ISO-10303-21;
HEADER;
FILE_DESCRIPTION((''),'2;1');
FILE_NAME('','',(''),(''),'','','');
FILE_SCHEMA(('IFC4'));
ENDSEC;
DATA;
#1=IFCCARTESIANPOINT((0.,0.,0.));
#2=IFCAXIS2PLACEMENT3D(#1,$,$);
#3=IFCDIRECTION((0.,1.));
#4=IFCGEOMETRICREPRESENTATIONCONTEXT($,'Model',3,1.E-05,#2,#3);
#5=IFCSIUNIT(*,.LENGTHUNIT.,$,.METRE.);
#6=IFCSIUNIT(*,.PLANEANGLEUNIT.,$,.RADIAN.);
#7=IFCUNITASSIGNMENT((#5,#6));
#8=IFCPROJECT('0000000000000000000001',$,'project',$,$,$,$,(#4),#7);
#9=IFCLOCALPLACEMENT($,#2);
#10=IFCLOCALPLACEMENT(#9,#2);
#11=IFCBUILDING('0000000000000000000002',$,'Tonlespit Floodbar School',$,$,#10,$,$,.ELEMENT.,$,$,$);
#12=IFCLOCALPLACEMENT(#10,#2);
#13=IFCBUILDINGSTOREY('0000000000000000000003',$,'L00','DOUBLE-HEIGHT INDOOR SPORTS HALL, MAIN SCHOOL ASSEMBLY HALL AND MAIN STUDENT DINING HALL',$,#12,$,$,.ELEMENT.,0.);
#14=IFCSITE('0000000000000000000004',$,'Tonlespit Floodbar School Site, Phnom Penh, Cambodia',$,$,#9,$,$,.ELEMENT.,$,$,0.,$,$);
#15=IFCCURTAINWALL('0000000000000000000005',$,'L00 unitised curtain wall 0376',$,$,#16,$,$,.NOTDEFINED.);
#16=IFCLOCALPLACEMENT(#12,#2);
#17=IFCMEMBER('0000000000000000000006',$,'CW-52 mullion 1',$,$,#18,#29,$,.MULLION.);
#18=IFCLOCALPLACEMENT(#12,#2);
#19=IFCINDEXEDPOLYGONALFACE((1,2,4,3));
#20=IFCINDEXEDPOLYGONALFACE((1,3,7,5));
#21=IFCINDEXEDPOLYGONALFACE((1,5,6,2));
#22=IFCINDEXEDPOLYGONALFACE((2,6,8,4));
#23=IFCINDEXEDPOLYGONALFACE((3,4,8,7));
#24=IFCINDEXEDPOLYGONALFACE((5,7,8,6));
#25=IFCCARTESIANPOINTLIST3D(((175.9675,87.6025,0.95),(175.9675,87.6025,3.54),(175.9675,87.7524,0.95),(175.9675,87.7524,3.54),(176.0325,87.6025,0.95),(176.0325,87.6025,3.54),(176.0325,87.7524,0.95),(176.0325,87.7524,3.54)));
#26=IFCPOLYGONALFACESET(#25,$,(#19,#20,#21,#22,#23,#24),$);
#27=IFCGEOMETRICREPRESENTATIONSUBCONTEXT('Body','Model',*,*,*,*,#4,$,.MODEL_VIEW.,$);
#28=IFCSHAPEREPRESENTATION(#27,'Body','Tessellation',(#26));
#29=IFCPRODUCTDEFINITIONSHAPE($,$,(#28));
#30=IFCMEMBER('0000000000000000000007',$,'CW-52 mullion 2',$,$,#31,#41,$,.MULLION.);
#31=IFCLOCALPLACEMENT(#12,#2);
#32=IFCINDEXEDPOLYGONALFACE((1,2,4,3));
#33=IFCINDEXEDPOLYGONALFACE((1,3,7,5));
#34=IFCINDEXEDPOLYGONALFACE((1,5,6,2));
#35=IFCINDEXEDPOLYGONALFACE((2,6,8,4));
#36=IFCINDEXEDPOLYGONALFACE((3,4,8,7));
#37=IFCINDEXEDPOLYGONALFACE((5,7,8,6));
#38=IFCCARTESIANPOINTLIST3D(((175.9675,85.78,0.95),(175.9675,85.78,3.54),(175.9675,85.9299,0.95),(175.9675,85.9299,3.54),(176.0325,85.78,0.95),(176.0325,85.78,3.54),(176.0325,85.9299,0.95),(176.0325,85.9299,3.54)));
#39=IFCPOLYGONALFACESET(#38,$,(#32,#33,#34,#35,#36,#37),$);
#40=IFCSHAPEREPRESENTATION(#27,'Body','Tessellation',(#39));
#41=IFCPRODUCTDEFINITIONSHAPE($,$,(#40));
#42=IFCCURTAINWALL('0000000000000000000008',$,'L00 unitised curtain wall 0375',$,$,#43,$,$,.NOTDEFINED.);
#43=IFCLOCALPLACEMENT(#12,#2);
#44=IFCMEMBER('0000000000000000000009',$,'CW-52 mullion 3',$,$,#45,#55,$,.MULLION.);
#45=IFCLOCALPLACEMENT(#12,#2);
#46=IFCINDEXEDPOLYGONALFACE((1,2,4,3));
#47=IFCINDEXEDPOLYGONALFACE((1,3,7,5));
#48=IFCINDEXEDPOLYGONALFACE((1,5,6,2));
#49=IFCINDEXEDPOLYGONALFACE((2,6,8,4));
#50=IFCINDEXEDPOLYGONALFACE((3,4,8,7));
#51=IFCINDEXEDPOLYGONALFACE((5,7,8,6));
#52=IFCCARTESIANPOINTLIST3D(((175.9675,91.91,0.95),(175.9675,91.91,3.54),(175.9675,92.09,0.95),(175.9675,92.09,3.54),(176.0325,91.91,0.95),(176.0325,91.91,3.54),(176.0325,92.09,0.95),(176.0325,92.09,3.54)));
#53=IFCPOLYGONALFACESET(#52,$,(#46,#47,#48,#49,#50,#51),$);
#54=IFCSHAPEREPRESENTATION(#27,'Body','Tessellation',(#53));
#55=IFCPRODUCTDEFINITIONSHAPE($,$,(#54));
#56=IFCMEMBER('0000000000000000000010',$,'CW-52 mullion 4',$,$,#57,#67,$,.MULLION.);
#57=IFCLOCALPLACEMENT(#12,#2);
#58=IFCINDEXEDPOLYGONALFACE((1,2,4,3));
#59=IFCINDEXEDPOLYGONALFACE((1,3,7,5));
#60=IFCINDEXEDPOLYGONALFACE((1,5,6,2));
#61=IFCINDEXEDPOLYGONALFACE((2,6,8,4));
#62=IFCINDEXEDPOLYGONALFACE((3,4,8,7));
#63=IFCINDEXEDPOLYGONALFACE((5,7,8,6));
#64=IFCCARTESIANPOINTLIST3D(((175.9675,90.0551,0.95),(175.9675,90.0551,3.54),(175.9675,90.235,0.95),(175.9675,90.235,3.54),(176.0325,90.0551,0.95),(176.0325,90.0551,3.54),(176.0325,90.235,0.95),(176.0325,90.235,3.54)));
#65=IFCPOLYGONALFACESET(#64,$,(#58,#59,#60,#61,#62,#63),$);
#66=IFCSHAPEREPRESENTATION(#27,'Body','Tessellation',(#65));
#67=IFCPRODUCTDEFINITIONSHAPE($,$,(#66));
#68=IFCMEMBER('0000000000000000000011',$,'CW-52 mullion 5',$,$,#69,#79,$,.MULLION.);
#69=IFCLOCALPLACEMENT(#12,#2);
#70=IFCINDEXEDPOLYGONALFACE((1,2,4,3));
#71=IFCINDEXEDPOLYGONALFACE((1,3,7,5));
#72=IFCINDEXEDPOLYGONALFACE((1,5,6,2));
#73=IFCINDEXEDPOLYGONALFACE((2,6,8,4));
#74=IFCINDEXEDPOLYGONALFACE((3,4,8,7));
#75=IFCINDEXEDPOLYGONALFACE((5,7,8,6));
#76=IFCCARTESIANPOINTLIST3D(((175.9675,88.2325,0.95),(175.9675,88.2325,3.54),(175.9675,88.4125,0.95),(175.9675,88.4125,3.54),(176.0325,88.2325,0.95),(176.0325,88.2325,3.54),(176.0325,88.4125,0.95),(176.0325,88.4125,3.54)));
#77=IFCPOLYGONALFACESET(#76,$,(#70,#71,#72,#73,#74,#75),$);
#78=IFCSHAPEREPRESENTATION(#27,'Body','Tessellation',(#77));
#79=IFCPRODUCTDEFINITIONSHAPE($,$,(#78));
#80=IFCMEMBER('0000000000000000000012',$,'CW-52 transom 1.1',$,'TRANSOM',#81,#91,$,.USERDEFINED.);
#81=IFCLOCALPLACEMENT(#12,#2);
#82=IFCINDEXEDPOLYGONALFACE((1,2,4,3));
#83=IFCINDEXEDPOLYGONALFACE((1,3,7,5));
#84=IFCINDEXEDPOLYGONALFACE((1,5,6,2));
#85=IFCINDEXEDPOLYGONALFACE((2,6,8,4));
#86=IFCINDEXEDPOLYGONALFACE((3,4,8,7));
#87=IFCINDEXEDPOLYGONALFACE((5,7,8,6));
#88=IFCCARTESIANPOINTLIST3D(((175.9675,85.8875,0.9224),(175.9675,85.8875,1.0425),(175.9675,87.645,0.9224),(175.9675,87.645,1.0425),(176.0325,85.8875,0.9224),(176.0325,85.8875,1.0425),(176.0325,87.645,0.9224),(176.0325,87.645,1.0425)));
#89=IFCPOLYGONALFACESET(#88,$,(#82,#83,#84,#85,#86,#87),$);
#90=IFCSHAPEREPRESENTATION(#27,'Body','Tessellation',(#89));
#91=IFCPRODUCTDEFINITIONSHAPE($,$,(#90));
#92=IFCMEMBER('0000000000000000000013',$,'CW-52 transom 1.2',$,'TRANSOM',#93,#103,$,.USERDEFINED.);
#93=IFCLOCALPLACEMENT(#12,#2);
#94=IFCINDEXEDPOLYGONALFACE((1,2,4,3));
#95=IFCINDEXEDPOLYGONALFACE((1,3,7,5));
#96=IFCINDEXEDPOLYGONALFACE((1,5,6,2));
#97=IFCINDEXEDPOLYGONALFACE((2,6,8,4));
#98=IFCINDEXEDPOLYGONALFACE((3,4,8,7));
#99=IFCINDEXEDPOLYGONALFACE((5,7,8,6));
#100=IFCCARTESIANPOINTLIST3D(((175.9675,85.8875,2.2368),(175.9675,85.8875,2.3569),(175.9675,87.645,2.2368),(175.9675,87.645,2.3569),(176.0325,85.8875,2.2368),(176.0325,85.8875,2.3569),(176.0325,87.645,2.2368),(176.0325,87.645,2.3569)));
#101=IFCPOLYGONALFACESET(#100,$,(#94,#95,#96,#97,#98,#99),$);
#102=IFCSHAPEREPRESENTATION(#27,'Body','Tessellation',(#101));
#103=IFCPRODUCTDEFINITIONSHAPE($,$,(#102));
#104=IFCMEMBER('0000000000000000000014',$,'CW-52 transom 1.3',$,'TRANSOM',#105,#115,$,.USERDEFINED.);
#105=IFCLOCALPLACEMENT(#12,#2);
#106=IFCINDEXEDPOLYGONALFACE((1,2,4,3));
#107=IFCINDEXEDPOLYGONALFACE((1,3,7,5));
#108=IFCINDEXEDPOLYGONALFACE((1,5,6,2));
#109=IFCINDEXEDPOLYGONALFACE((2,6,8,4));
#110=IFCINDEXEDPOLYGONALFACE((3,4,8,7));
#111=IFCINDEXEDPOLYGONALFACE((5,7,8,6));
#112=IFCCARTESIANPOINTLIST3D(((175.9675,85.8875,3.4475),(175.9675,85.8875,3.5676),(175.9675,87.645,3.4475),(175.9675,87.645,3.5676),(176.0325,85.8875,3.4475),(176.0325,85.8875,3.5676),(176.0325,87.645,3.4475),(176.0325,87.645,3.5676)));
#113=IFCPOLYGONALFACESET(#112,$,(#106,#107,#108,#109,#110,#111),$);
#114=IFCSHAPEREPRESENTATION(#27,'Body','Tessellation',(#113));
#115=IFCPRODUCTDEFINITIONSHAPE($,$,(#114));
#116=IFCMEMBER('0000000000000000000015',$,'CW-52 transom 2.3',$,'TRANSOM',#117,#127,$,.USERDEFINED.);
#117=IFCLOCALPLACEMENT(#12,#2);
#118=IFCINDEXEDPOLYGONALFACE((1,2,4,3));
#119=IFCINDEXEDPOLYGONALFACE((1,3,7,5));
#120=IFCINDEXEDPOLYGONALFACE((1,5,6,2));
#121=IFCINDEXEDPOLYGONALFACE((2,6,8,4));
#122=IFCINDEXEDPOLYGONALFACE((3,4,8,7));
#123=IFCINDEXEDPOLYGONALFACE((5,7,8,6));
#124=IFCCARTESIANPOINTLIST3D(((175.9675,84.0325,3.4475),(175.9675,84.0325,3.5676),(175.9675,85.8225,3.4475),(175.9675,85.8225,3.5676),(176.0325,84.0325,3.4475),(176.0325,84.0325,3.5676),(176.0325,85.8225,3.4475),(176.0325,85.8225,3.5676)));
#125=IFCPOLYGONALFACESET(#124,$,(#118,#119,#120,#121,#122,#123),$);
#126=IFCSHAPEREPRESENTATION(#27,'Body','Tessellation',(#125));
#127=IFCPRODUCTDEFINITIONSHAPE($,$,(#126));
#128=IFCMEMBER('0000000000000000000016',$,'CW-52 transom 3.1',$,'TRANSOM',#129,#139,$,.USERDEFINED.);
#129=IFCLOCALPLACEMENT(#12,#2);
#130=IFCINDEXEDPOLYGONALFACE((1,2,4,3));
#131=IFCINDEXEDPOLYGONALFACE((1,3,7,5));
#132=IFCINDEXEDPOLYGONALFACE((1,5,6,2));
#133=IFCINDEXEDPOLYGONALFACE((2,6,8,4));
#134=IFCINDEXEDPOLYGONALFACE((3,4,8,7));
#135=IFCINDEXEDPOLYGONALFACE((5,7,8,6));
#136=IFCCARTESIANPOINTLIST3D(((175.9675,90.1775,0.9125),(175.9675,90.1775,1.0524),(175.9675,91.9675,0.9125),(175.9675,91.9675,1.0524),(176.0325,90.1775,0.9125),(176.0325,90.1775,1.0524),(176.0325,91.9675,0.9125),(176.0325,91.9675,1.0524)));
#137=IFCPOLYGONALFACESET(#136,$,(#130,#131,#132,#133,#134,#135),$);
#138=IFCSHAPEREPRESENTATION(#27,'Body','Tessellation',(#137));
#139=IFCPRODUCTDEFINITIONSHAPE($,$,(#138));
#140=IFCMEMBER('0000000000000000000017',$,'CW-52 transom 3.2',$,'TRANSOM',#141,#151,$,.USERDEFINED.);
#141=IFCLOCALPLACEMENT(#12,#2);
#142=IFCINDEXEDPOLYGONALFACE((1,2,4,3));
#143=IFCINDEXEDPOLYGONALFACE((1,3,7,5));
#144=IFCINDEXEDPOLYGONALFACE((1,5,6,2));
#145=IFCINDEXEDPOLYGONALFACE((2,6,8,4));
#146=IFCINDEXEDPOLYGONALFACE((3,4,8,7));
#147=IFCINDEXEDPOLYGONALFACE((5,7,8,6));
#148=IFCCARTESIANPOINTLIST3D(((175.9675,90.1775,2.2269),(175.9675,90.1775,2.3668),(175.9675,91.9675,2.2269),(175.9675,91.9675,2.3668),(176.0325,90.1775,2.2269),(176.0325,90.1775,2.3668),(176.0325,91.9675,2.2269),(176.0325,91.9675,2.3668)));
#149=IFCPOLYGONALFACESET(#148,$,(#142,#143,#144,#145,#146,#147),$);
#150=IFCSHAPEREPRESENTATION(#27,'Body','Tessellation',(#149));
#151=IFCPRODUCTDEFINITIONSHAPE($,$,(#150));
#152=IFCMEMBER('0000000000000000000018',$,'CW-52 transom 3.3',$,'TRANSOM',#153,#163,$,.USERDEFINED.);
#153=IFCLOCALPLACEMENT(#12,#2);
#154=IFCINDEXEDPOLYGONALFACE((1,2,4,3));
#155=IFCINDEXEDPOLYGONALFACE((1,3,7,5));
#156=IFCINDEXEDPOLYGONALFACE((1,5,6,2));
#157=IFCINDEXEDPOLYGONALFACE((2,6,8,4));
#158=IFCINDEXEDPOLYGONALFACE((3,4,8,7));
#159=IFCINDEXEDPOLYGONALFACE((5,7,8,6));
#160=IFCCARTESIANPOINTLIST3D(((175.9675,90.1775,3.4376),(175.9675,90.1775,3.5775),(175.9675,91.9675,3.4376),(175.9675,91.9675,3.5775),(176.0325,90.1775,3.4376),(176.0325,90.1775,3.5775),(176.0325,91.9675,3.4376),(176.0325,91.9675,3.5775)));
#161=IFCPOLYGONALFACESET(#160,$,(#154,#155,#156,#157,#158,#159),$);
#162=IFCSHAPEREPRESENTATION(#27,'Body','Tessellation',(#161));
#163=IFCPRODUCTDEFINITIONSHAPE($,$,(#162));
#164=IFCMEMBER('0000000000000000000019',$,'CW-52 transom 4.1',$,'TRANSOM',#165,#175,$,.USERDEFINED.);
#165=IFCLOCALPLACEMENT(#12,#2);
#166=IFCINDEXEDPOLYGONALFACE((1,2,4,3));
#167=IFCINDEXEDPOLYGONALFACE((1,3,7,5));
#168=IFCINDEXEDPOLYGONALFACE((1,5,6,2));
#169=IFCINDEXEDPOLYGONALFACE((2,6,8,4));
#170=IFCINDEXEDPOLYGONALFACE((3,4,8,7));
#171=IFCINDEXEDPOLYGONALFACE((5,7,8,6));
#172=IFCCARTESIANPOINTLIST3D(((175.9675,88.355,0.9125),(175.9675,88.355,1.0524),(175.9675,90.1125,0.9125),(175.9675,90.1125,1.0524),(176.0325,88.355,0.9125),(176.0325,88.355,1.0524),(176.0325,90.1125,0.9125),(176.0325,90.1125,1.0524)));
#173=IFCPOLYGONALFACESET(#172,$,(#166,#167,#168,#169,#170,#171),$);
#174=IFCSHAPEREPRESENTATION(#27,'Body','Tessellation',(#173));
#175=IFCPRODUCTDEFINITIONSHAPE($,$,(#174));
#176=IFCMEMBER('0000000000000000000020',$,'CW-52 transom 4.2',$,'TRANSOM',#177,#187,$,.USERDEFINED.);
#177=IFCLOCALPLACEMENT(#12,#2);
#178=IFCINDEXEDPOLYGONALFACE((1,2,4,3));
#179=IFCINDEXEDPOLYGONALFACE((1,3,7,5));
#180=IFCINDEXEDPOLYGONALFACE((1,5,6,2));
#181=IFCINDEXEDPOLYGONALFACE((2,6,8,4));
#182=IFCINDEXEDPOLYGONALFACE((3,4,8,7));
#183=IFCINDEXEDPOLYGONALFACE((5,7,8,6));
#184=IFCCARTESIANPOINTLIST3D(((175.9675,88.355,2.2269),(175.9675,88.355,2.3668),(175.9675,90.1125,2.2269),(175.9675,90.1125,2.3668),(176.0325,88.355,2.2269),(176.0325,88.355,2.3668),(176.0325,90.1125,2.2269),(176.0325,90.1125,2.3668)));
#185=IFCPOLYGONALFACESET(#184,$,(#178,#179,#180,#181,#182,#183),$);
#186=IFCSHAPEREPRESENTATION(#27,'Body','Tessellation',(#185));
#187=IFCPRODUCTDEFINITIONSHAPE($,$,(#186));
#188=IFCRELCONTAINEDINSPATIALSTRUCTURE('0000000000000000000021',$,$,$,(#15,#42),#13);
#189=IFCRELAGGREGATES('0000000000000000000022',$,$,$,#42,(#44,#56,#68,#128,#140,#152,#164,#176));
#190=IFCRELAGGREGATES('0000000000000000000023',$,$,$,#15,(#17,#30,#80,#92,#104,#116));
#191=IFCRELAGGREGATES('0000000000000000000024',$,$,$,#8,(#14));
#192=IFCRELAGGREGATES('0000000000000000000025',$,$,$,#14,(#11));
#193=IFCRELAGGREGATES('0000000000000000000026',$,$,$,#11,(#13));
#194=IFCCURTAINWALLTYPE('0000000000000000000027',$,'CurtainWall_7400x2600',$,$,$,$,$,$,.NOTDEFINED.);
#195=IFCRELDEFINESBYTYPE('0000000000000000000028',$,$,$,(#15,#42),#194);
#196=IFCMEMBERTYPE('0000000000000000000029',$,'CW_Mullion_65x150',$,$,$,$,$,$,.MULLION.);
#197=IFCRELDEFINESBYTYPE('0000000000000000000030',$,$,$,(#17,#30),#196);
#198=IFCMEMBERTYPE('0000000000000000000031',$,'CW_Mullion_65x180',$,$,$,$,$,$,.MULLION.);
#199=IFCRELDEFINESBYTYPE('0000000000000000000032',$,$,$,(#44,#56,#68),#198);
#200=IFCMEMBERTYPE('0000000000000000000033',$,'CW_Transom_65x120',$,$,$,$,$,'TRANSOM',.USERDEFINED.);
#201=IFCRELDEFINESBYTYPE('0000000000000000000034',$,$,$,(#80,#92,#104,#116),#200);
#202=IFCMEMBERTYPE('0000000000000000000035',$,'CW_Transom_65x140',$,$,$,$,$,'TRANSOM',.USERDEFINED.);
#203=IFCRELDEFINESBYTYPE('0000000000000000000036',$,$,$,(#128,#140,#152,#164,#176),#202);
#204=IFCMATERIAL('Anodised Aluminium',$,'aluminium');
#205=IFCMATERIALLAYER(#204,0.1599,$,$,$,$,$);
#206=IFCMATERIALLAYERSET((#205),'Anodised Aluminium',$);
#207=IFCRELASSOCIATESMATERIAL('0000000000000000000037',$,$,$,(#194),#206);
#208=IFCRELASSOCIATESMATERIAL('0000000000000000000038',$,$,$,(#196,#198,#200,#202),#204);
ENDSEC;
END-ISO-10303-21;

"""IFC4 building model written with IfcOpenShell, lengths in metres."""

from ifc_helpers import new_model, si_unit, direction, frame, origin, origin_2d, place, context, subcontext, project, spatial, rectangle, extrude, material, layer, layer_set, material_profile, profile_set, type_object, element, aggregate, save


model = new_model("IFC4")

# Units and contexts
model_context = context("Model", 3, precision=1e-05, world=origin(), true_north=direction((0.0, 1.0)))
body_context = subcontext(model_context, "Body", "Model", "MODEL_VIEW")
ifc_project = project(units=[si_unit("LENGTHUNIT", "METRE"), si_unit("PLANEANGLEUNIT", "RADIAN")], contexts=[model_context])

# Site, building, storey
site_placement = place(None, origin())
site = spatial("IfcSite", under=ifc_project, at=site_placement, Name="Tonlespit Floodbar School Site, Phnom Penh, Cambodia", CompositionType="ELEMENT", RefElevation=0.0)
building_placement = place(site_placement, origin())
building = spatial("IfcBuilding", under=site, at=building_placement, Name="Tonlespit Floodbar School", CompositionType="ELEMENT")
storey_placement = place(building_placement, origin())
storey = spatial("IfcBuildingStorey", under=building, at=storey_placement, Name="L00", Description="DOUBLE-HEIGHT INDOOR SPORTS HALL, MAIN SCHOOL ASSEMBLY HALL AND MAIN STUDENT DINING HALL", CompositionType="ELEMENT", Elevation=0.0)

# Curtain walls, members
ifc_material_1 = material(Name="Anodised Aluminium", Category="aluminium")
ifc_layer_1 = layer(ifc_material_1, 0.1599)
ifc_layer_set_1 = layer_set([ifc_layer_1], Name="Anodised Aluminium")
curtain_wall_type = type_object("IfcCurtainWallType", Name="CurtainWall_7400x2600", PredefinedType="NOTDEFINED", material=ifc_layer_set_1)
curtain_wall_1_placement = place(storey_placement, origin())
curtain_wall_1 = element("IfcCurtainWall", 1, at=curtain_wall_1_placement, inside=storey, type_object=curtain_wall_type, Name="L00 unitised curtain wall 0376", PredefinedType="NOTDEFINED")
ifc_material_profile_1 = material_profile(ifc_material_1, rectangle(XDim=0.0649, YDim=0.1499, at=origin_2d()), Name="ALU M65x150")
ifc_profile_set_1 = profile_set([ifc_material_profile_1], Name="Anodised Aluminium")
member_type_1 = type_object("IfcMemberType", Name="CW_Mullion_65x150", PredefinedType="MULLION", material=ifc_profile_set_1)
member_1_placement = place(storey_placement, frame((176.0, 87.6775, 0.95), z_axis=(0.0, 0.0, 1.0), x_axis=(1.0, 0.0, 0.0)))
member_1 = element("IfcMember", 2, at=member_1_placement, type_object=member_type_1, Name="CW-52 mullion 1", PredefinedType="MULLION", context=body_context, shape_type="SweptSolid", body=[
    extrude(rectangle(XDim=0.0649, YDim=0.1499, at=origin_2d()), origin(), (0.0, 0.0, 1.0), 2.5901),
])
member_2_placement = place(storey_placement, frame((176.0, 85.855, 0.95), z_axis=(0.0, 0.0, 1.0), x_axis=(1.0, 0.0, 0.0)))
member_2 = element("IfcMember", 3, at=member_2_placement, type_object=member_type_1, Name="CW-52 mullion 2", PredefinedType="MULLION", context=body_context, shape_type="SweptSolid", body=[
    extrude(rectangle(XDim=0.0649, YDim=0.1499, at=origin_2d()), origin(), (0.0, 0.0, 1.0), 2.5901),
])
curtain_wall_2_placement = place(storey_placement, origin())
curtain_wall_2 = element("IfcCurtainWall", 4, at=curtain_wall_2_placement, inside=storey, type_object=curtain_wall_type, Name="L00 unitised curtain wall 0375", PredefinedType="NOTDEFINED")
ifc_material_profile_2 = material_profile(ifc_material_1, rectangle(XDim=0.0649, YDim=0.1799, at=origin_2d()), Name="ALU M65x180")
ifc_profile_set_2 = profile_set([ifc_material_profile_2], Name="Anodised Aluminium")
member_type_2 = type_object("IfcMemberType", Name="CW_Mullion_65x180", PredefinedType="MULLION", material=ifc_profile_set_2)
member_3_placement = place(storey_placement, frame((176.0, 92.0, 0.95), z_axis=(0.0, 0.0, 1.0), x_axis=(1.0, 0.0, 0.0)))
member_3 = element("IfcMember", 5, at=member_3_placement, type_object=member_type_2, Name="CW-52 mullion 3", PredefinedType="MULLION", context=body_context, shape_type="SweptSolid", body=[
    extrude(rectangle(XDim=0.0649, YDim=0.1799, at=origin_2d()), origin(), (0.0, 0.0, 1.0), 2.5901),
])
member_4_placement = place(storey_placement, frame((176.0, 90.145, 0.95), z_axis=(0.0, 0.0, 1.0), x_axis=(1.0, 0.0, 0.0)))
member_4 = element("IfcMember", 6, at=member_4_placement, type_object=member_type_2, Name="CW-52 mullion 4", PredefinedType="MULLION", context=body_context, shape_type="SweptSolid", body=[
    extrude(rectangle(XDim=0.0649, YDim=0.1799, at=origin_2d()), origin(), (0.0, 0.0, 1.0), 2.5901),
])
member_5_placement = place(storey_placement, frame((176.0, 88.3225, 0.95), z_axis=(0.0, 0.0, 1.0), x_axis=(1.0, 0.0, 0.0)))
member_5 = element("IfcMember", 7, at=member_5_placement, type_object=member_type_2, Name="CW-52 mullion 5", PredefinedType="MULLION", context=body_context, shape_type="SweptSolid", body=[
    extrude(rectangle(XDim=0.0649, YDim=0.1799, at=origin_2d()), origin(), (0.0, 0.0, 1.0), 2.5901),
])

# Members
ifc_material_profile_3 = material_profile(ifc_material_1, rectangle(XDim=0.0649, YDim=0.1201, at=origin_2d()), Name="ALU T65x120")
ifc_profile_set_3 = profile_set([ifc_material_profile_3], Name="Anodised Aluminium")
member_type_3 = type_object("IfcMemberType", Name="CW_Transom_65x120", ElementType="TRANSOM", PredefinedType="USERDEFINED", material=ifc_profile_set_3)
member_6_placement = place(storey_placement, frame((176.0, 87.645, 0.9824), z_axis=(0.0, -1.0, 0.0), x_axis=(1.0, 0.0, 0.0)))
member_6 = element("IfcMember", 8, at=member_6_placement, type_object=member_type_3, Name="CW-52 transom 1.1", ObjectType="TRANSOM", PredefinedType="USERDEFINED", context=body_context, shape_type="SweptSolid", body=[
    extrude(rectangle(XDim=0.0649, YDim=0.1201, at=origin_2d()), origin(), (0.0, 0.0, 1.0), 1.7576),
])
member_7_placement = place(storey_placement, frame((176.0, 87.645, 2.2969), z_axis=(0.0, -1.0, 0.0), x_axis=(1.0, 0.0, 0.0)))
member_7 = element("IfcMember", 9, at=member_7_placement, type_object=member_type_3, Name="CW-52 transom 1.2", ObjectType="TRANSOM", PredefinedType="USERDEFINED", context=body_context, shape_type="SweptSolid", body=[
    extrude(rectangle(XDim=0.0649, YDim=0.1201, at=origin_2d()), origin(), (0.0, 0.0, 1.0), 1.7576),
])
member_8_placement = place(storey_placement, frame((176.0, 87.645, 3.5076), z_axis=(0.0, -1.0, 0.0), x_axis=(1.0, 0.0, 0.0)))
member_8 = element("IfcMember", 10, at=member_8_placement, type_object=member_type_3, Name="CW-52 transom 1.3", ObjectType="TRANSOM", PredefinedType="USERDEFINED", context=body_context, shape_type="SweptSolid", body=[
    extrude(rectangle(XDim=0.0649, YDim=0.1201, at=origin_2d()), origin(), (0.0, 0.0, 1.0), 1.7576),
])
member_9_placement = place(storey_placement, frame((176.0, 85.8225, 3.5076), z_axis=(0.0, -1.0, 0.0), x_axis=(1.0, 0.0, 0.0)))
member_9 = element("IfcMember", 11, at=member_9_placement, type_object=member_type_3, Name="CW-52 transom 2.3", ObjectType="TRANSOM", PredefinedType="USERDEFINED", context=body_context, shape_type="SweptSolid", body=[
    extrude(rectangle(XDim=0.0649, YDim=0.1201, at=origin_2d()), origin(), (0.0, 0.0, 1.0), 1.79),
])
ifc_material_profile_4 = material_profile(ifc_material_1, rectangle(XDim=0.0649, YDim=0.1399, at=origin_2d()), Name="ALU T65x140")
ifc_profile_set_4 = profile_set([ifc_material_profile_4], Name="Anodised Aluminium")
member_type_4 = type_object("IfcMemberType", Name="CW_Transom_65x140", ElementType="TRANSOM", PredefinedType="USERDEFINED", material=ifc_profile_set_4)
member_10_placement = place(storey_placement, frame((176.0, 91.9675, 0.9824), z_axis=(0.0, -1.0, 0.0), x_axis=(1.0, 0.0, 0.0)))
member_10 = element("IfcMember", 12, at=member_10_placement, type_object=member_type_4, Name="CW-52 transom 3.1", ObjectType="TRANSOM", PredefinedType="USERDEFINED", context=body_context, shape_type="SweptSolid", body=[
    extrude(rectangle(XDim=0.0649, YDim=0.1399, at=origin_2d()), origin(), (0.0, 0.0, 1.0), 1.79),
])
member_11_placement = place(storey_placement, frame((176.0, 91.9675, 2.2969), z_axis=(0.0, -1.0, 0.0), x_axis=(1.0, 0.0, 0.0)))
member_11 = element("IfcMember", 13, at=member_11_placement, type_object=member_type_4, Name="CW-52 transom 3.2", ObjectType="TRANSOM", PredefinedType="USERDEFINED", context=body_context, shape_type="SweptSolid", body=[
    extrude(rectangle(XDim=0.0649, YDim=0.1399, at=origin_2d()), origin(), (0.0, 0.0, 1.0), 1.79),
])
member_12_placement = place(storey_placement, frame((176.0, 91.9675, 3.5076), z_axis=(0.0, -1.0, 0.0), x_axis=(1.0, 0.0, 0.0)))
member_12 = element("IfcMember", 14, at=member_12_placement, type_object=member_type_4, Name="CW-52 transom 3.3", ObjectType="TRANSOM", PredefinedType="USERDEFINED", context=body_context, shape_type="SweptSolid", body=[
    extrude(rectangle(XDim=0.0649, YDim=0.1399, at=origin_2d()), origin(), (0.0, 0.0, 1.0), 1.79),
])
member_13_placement = place(storey_placement, frame((176.0, 90.1125, 0.9824), z_axis=(0.0, -1.0, 0.0), x_axis=(1.0, 0.0, 0.0)))
member_13 = element("IfcMember", 15, at=member_13_placement, type_object=member_type_4, Name="CW-52 transom 4.1", ObjectType="TRANSOM", PredefinedType="USERDEFINED", context=body_context, shape_type="SweptSolid", body=[
    extrude(rectangle(XDim=0.0649, YDim=0.1399, at=origin_2d()), origin(), (0.0, 0.0, 1.0), 1.7576),
])
member_14_placement = place(storey_placement, frame((176.0, 90.1125, 2.2969), z_axis=(0.0, -1.0, 0.0), x_axis=(1.0, 0.0, 0.0)))
member_14 = element("IfcMember", 16, at=member_14_placement, type_object=member_type_4, Name="CW-52 transom 4.2", ObjectType="TRANSOM", PredefinedType="USERDEFINED", context=body_context, shape_type="SweptSolid", body=[
    extrude(rectangle(XDim=0.0649, YDim=0.1399, at=origin_2d()), origin(), (0.0, 0.0, 1.0), 1.7576),
])

aggregate(curtain_wall_2, [member_3, member_4, member_5, member_10, member_11, member_12, member_13, member_14])
aggregate(curtain_wall_1, [member_1, member_2, member_6, member_7, member_8, member_9])

save(model, "model.ifc")
